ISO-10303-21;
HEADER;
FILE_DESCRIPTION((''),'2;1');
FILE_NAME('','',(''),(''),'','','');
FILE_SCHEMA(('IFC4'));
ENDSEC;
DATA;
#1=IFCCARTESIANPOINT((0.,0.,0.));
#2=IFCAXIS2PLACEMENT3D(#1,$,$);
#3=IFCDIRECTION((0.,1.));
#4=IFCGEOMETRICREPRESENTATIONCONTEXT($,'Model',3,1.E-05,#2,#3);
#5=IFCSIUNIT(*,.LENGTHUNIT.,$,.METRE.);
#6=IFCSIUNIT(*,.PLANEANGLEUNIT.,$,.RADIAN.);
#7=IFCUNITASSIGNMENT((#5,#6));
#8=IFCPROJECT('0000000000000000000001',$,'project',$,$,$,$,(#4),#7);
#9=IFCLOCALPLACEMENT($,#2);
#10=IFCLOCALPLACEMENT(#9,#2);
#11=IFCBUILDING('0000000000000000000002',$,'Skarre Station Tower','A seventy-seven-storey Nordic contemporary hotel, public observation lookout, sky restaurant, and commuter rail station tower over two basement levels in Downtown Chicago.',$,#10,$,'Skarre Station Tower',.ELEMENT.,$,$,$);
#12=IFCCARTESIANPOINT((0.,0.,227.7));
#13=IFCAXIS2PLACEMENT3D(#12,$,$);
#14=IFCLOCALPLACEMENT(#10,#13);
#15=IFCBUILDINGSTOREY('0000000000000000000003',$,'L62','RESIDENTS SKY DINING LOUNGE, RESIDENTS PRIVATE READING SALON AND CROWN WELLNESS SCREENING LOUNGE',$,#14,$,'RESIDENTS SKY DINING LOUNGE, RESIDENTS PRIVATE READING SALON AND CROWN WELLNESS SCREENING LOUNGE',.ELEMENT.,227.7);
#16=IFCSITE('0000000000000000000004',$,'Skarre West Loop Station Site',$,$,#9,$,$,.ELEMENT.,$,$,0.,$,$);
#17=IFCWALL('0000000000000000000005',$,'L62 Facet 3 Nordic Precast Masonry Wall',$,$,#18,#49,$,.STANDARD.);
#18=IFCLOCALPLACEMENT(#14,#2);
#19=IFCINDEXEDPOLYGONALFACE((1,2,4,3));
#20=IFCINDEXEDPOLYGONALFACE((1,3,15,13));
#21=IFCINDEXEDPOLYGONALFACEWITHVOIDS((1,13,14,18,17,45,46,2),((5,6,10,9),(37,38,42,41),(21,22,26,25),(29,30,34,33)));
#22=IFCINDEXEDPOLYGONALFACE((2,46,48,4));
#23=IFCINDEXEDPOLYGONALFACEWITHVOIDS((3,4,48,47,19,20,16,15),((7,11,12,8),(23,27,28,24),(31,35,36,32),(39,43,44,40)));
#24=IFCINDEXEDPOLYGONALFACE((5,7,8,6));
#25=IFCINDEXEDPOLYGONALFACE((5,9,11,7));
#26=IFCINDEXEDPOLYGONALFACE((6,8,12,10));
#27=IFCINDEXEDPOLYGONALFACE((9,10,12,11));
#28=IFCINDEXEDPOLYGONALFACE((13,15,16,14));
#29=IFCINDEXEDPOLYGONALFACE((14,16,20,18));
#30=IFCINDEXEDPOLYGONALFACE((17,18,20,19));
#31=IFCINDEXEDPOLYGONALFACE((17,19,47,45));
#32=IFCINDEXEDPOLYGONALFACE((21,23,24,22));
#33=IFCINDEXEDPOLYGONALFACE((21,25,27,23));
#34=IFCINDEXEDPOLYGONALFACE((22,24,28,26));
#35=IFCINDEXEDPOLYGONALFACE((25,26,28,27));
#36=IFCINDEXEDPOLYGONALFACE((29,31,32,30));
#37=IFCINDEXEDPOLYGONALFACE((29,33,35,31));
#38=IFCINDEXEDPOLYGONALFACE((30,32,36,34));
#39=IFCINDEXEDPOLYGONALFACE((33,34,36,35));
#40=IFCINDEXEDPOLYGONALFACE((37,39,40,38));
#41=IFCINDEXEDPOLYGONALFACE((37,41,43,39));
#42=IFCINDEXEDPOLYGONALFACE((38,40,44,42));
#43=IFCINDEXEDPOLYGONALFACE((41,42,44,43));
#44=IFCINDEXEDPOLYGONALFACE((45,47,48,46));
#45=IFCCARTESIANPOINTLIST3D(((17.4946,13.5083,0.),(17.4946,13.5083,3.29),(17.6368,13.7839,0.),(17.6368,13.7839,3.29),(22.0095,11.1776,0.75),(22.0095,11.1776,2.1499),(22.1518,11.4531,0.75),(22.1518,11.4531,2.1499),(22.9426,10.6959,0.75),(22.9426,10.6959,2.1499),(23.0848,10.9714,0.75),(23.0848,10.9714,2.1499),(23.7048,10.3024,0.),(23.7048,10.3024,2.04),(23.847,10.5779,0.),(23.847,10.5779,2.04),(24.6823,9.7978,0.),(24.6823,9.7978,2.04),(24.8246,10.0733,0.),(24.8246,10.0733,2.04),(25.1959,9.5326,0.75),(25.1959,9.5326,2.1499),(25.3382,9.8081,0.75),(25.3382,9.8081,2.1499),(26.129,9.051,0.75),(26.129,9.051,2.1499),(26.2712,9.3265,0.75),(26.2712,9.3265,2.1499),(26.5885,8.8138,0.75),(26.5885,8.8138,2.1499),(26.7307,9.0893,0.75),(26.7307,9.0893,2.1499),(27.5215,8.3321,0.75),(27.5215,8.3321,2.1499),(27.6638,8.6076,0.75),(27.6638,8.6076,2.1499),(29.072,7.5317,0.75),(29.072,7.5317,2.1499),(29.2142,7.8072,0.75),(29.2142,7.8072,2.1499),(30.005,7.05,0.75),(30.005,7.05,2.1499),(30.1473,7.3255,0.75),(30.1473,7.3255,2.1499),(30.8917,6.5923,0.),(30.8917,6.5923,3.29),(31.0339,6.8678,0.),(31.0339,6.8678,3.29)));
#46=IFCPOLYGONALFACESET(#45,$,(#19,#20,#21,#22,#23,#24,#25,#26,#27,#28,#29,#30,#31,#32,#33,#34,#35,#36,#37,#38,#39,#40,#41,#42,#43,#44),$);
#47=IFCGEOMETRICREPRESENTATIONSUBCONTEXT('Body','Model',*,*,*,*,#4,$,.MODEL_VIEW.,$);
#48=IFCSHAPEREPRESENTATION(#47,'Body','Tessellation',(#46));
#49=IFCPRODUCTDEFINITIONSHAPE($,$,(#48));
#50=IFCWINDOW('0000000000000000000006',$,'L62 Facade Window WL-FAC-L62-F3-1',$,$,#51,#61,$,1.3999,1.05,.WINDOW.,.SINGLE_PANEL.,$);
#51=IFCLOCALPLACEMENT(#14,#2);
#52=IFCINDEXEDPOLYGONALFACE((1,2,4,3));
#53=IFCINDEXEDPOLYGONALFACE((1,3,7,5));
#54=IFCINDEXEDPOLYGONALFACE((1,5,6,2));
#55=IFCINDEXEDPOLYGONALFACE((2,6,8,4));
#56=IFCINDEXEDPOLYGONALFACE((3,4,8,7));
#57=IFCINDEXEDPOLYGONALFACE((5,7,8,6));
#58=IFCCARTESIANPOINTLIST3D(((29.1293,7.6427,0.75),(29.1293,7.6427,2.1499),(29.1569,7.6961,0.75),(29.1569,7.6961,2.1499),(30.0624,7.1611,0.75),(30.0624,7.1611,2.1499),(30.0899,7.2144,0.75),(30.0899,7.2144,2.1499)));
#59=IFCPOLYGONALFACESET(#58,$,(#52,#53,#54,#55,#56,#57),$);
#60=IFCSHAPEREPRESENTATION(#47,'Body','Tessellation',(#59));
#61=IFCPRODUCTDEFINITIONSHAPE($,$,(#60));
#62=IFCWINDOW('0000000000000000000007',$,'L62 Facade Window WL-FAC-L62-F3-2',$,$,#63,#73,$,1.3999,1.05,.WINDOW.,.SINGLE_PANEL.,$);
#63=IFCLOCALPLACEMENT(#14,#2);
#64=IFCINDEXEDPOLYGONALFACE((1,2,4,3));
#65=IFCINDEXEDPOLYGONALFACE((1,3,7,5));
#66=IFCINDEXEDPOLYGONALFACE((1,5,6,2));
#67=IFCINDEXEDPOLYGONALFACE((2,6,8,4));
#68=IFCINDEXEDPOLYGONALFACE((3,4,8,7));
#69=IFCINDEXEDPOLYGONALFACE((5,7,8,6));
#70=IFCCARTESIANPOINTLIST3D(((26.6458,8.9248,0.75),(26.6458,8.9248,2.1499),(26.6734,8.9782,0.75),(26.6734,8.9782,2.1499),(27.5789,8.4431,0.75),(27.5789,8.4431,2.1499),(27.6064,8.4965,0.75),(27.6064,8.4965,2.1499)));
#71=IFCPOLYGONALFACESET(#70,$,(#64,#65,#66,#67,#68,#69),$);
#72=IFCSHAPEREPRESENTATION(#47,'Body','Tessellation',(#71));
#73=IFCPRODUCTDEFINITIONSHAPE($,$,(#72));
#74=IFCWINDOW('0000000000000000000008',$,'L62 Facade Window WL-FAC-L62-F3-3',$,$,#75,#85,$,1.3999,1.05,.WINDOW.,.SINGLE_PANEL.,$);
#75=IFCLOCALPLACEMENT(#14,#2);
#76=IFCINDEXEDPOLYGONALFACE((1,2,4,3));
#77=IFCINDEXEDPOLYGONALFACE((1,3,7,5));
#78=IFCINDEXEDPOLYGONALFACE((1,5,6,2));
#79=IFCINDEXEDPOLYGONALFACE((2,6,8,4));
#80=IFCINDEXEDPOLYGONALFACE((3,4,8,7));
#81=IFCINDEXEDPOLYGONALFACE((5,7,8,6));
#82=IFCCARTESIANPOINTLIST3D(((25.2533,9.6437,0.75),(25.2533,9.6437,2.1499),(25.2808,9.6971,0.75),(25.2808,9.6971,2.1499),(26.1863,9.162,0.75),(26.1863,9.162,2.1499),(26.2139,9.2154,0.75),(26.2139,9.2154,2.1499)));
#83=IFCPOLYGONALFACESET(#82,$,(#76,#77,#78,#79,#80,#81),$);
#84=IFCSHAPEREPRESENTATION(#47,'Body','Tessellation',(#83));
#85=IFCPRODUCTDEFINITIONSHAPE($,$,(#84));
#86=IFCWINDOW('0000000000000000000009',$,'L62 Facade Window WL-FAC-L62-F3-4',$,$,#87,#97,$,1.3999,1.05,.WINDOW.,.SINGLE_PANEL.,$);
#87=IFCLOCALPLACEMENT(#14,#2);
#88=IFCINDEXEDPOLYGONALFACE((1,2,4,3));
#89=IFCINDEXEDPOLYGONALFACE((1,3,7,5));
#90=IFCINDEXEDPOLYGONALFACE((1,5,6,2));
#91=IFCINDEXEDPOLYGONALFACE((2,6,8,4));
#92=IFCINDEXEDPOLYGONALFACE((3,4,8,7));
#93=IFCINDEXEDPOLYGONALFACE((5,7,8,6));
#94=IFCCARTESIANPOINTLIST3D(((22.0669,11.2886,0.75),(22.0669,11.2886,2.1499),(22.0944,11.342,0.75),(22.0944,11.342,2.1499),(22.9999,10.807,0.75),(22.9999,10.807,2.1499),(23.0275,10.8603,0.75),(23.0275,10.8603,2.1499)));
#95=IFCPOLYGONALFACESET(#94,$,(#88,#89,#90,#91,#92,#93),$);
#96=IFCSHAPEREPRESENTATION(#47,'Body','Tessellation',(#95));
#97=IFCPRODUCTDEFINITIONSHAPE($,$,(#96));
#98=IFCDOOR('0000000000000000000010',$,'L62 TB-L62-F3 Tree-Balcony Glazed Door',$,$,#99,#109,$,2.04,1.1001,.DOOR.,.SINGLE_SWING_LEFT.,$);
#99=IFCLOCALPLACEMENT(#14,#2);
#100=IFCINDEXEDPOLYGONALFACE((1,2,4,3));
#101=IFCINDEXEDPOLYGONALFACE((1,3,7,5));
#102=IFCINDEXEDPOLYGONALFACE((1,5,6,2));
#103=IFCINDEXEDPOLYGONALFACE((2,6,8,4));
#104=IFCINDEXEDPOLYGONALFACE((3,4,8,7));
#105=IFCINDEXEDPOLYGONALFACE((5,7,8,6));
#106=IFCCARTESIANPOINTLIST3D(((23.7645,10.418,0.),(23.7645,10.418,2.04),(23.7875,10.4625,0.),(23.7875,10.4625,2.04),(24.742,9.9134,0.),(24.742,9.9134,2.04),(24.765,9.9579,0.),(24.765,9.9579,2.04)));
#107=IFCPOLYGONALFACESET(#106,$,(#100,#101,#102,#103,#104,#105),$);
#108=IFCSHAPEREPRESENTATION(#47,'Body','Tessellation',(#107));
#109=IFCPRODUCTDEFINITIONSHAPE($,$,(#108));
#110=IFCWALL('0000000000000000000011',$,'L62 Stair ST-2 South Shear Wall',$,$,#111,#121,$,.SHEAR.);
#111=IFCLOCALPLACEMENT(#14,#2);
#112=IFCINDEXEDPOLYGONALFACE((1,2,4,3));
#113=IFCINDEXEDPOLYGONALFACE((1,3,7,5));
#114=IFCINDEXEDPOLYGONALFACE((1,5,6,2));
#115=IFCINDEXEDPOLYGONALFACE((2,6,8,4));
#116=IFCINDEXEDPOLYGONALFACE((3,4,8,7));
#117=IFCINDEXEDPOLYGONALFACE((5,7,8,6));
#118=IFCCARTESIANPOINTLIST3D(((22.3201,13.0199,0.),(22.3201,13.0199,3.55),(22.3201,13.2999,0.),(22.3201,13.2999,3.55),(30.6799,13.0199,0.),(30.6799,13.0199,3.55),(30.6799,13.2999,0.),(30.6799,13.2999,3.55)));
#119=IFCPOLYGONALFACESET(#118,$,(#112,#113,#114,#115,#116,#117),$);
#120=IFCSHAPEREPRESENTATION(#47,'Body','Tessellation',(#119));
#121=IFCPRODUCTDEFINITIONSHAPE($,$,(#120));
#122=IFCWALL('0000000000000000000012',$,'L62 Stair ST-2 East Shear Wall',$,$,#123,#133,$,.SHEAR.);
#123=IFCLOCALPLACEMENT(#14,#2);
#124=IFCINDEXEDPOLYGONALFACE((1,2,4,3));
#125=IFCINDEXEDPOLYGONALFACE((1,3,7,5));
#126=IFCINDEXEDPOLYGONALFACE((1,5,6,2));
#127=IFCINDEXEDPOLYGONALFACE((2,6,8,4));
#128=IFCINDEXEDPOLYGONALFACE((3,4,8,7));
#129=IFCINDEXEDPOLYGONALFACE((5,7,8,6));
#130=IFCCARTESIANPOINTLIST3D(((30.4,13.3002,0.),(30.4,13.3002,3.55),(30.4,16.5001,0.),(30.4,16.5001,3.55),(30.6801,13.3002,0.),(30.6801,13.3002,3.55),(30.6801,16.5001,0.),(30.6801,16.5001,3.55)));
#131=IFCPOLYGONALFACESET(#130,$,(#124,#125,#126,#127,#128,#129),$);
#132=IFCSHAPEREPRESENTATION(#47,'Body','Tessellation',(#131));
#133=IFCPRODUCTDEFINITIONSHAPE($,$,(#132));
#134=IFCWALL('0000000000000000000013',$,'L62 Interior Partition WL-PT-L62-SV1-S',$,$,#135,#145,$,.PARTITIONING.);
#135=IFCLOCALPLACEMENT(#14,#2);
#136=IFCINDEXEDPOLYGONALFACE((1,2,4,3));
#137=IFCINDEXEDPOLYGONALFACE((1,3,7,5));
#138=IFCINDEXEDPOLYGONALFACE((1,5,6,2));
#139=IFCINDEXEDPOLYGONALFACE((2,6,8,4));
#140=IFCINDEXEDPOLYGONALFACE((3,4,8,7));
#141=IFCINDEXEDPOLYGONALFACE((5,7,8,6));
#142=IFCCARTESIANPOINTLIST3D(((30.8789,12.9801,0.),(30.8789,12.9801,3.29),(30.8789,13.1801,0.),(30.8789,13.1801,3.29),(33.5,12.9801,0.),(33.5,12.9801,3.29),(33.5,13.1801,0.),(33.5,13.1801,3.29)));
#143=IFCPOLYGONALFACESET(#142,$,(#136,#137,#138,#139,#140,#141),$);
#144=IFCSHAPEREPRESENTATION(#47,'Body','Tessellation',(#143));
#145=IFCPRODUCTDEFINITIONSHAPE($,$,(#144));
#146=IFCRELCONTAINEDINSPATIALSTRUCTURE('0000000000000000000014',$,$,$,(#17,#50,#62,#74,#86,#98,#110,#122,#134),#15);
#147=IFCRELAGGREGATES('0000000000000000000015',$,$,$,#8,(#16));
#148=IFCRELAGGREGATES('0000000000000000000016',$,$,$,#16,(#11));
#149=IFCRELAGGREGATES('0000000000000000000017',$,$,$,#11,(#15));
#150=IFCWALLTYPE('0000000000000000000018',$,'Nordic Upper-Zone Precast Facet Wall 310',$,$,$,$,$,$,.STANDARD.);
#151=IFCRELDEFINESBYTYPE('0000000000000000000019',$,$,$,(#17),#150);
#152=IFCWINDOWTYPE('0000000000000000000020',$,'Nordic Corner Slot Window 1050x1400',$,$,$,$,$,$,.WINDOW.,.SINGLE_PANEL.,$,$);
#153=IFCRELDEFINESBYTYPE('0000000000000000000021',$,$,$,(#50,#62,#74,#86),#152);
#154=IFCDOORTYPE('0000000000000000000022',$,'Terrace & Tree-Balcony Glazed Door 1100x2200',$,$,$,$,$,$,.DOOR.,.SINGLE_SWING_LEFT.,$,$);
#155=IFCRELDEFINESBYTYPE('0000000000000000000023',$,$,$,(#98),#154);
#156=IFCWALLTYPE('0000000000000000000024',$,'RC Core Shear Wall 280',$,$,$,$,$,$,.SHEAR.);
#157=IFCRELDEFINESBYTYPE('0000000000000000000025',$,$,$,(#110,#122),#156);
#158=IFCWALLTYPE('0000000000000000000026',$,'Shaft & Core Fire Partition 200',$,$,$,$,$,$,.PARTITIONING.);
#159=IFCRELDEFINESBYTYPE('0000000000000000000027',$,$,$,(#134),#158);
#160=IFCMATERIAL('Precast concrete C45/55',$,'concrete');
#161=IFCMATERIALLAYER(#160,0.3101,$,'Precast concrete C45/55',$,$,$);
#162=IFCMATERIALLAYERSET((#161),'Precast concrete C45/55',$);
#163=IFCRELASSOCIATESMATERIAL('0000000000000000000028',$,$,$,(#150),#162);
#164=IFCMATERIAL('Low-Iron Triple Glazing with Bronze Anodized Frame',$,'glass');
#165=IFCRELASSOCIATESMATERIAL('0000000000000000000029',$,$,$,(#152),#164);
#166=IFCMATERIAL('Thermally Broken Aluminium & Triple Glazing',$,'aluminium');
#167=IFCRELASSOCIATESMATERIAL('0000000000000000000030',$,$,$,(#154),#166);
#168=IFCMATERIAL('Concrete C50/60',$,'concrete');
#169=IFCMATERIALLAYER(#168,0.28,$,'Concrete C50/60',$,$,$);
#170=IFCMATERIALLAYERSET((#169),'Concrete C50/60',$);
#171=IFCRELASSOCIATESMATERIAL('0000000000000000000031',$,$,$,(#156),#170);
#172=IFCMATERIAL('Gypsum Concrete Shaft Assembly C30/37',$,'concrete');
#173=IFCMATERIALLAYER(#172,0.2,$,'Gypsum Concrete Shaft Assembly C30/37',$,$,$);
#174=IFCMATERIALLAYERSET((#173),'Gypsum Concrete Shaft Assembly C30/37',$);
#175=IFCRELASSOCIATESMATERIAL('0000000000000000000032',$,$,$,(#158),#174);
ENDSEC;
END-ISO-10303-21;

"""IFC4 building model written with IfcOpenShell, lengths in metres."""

from ifc_helpers import new_model, si_unit, direction, frame, frame_2d, origin, place, context, subcontext, project, spatial, rectangle, extrude, material, layer, layer_set, type_object, element, fill, save


model = new_model("IFC4")

# Units and contexts
model_context = context("Model", 3, precision=1e-05, world=origin(), true_north=direction((0.0, 1.0)))
body_context = subcontext(model_context, "Body", "Model", "MODEL_VIEW")
ifc_project = project(units=[si_unit("LENGTHUNIT", "METRE"), si_unit("PLANEANGLEUNIT", "RADIAN")], contexts=[model_context])

# Site, building, storey
site_placement = place(None, origin())
site = spatial("IfcSite", under=ifc_project, at=site_placement, Name="Skarre West Loop Station Site", CompositionType="ELEMENT", RefElevation=0.0)
building_placement = place(site_placement, origin())
building = spatial("IfcBuilding", under=site, at=building_placement, Name="Skarre Station Tower", Description="A seventy-seven-storey Nordic contemporary hotel, public observation lookout, sky restaurant, and commuter rail station tower over two basement levels in Downtown Chicago.", LongName="Skarre Station Tower", CompositionType="ELEMENT")
storey_placement = place(building_placement, frame((0.0, 0.0, 227.7)))
storey = spatial("IfcBuildingStorey", under=building, at=storey_placement, Name="L62", Description="RESIDENTS SKY DINING LOUNGE, RESIDENTS PRIVATE READING SALON AND CROWN WELLNESS SCREENING LOUNGE", LongName="RESIDENTS SKY DINING LOUNGE, RESIDENTS PRIVATE READING SALON AND CROWN WELLNESS SCREENING LOUNGE", CompositionType="ELEMENT", Elevation=227.7)

# Shared definitions
ifc_material_1 = material(Name="Concrete C50/60", Category="concrete")

# Wall, openings, windows, door
ifc_material_2 = material(Name="Precast concrete C45/55", Category="concrete")
ifc_layer_1 = layer(ifc_material_2, 0.3101, Name="Precast concrete C45/55")
ifc_layer_set_1 = layer_set([ifc_layer_1], Name="Precast concrete C45/55")
wall_type_1 = type_object("IfcWallType", Name="Nordic Upper-Zone Precast Facet Wall 310", PredefinedType="STANDARD", material=ifc_layer_set_1)
wall_1_placement = place(storey_placement, frame((30.9629, 6.73, 0.0), z_axis=(0.0, 0.0, 1.0), x_axis=(-0.888581, 0.458719, 0.0)))
wall_1 = element("IfcWall", 1, at=wall_1_placement, inside=storey, type_object=wall_type_1, Name="L62 Facet 3 Nordic Precast Masonry Wall", PredefinedType="STANDARD", context=body_context, shape_type="SweptSolid", body=[
    extrude(rectangle(XDim=15.0769, YDim=0.3101, at=frame_2d((7.5386, 0.0))), origin(), (0.0, 0.0, 1.0), 3.29),
])
opening_1_placement = place(wall_1_placement, frame((6.988, 0.0, 0.0)))
opening_1 = element("IfcOpeningElement", 2, at=opening_1_placement, cuts=wall_1, PredefinedType="OPENING", context=body_context, shape_type="SweptSolid", body=[
    extrude(rectangle(XDim=1.1001, YDim=2.04, at=frame_2d((0.55, 1.02))), frame((0.0, 0.165, 0.0), z_axis=(0.0, -1.0, 0.0), x_axis=(1.0, 0.0, 0.0)), (0.0, 0.0, 1.0), 0.3301),
])
opening_2_placement = place(wall_1_placement, frame((0.998, 0.0, 0.75)))
opening_2 = element("IfcOpeningElement", 3, at=opening_2_placement, cuts=wall_1, PredefinedType="OPENING", context=body_context, shape_type="SweptSolid", body=[
    extrude(rectangle(XDim=1.05, YDim=1.3999, at=frame_2d((0.5249, 0.7))), frame((0.0, 0.165, 0.0), z_axis=(0.0, -1.0, 0.0), x_axis=(1.0, 0.0, 0.0)), (0.0, 0.0, 1.0), 0.3301),
])
opening_3_placement = place(wall_1_placement, frame((3.793, 0.0, 0.75)))
opening_3 = element("IfcOpeningElement", 4, at=opening_3_placement, cuts=wall_1, PredefinedType="OPENING", context=body_context, shape_type="SweptSolid", body=[
    extrude(rectangle(XDim=1.05, YDim=1.3999, at=frame_2d((0.5249, 0.7))), frame((0.0, 0.165, 0.0), z_axis=(0.0, -1.0, 0.0), x_axis=(1.0, 0.0, 0.0)), (0.0, 0.0, 1.0), 0.3301),
])
opening_4_placement = place(wall_1_placement, frame((5.3601, 0.0, 0.75)))
opening_4 = element("IfcOpeningElement", 5, at=opening_4_placement, cuts=wall_1, PredefinedType="OPENING", context=body_context, shape_type="SweptSolid", body=[
    extrude(rectangle(XDim=1.05, YDim=1.3999, at=frame_2d((0.5249, 0.7))), frame((0.0, 0.165, 0.0), z_axis=(0.0, -1.0, 0.0), x_axis=(1.0, 0.0, 0.0)), (0.0, 0.0, 1.0), 0.3301),
])
opening_5_placement = place(wall_1_placement, frame((8.946, 0.0, 0.75)))
opening_5 = element("IfcOpeningElement", 6, at=opening_5_placement, cuts=wall_1, PredefinedType="OPENING", context=body_context, shape_type="SweptSolid", body=[
    extrude(rectangle(XDim=1.05, YDim=1.3999, at=frame_2d((0.5249, 0.7))), frame((0.0, 0.165, 0.0), z_axis=(0.0, -1.0, 0.0), x_axis=(1.0, 0.0, 0.0)), (0.0, 0.0, 1.0), 0.3301),
])
ifc_material_3 = material(Name="Low-Iron Triple Glazing with Bronze Anodized Frame", Category="glass")
window_type = type_object("IfcWindowType", Name="Nordic Corner Slot Window 1050x1400", PartitioningType="SINGLE_PANEL", PredefinedType="WINDOW", material=ifc_material_3)
window_1_placement = place(opening_2_placement, origin())
window_1 = element("IfcWindow", 7, at=window_1_placement, inside=storey, type_object=window_type, Name="L62 Facade Window WL-FAC-L62-F3-1", OverallHeight=1.3999, OverallWidth=1.05, PartitioningType="SINGLE_PANEL", PredefinedType="WINDOW", context=body_context, shape_type="SweptSolid", body=[
    extrude(rectangle(XDim=1.05, YDim=1.3999, at=frame_2d((0.5249, 0.7))), frame((0.0, 0.03, 0.0), z_axis=(0.0, -1.0, 0.0), x_axis=(1.0, 0.0, 0.0)), (0.0, 0.0, 1.0), 0.0601),
])
fill(opening_2, window_1)
window_2_placement = place(opening_3_placement, origin())
window_2 = element("IfcWindow", 8, at=window_2_placement, inside=storey, type_object=window_type, Name="L62 Facade Window WL-FAC-L62-F3-2", OverallHeight=1.3999, OverallWidth=1.05, PartitioningType="SINGLE_PANEL", PredefinedType="WINDOW", context=body_context, shape_type="SweptSolid", body=[
    extrude(rectangle(XDim=1.05, YDim=1.3999, at=frame_2d((0.5249, 0.7))), frame((0.0, 0.03, 0.0), z_axis=(0.0, -1.0, 0.0), x_axis=(1.0, 0.0, 0.0)), (0.0, 0.0, 1.0), 0.0601),
])
fill(opening_3, window_2)
window_3_placement = place(opening_4_placement, origin())
window_3 = element("IfcWindow", 9, at=window_3_placement, inside=storey, type_object=window_type, Name="L62 Facade Window WL-FAC-L62-F3-3", OverallHeight=1.3999, OverallWidth=1.05, PartitioningType="SINGLE_PANEL", PredefinedType="WINDOW", context=body_context, shape_type="SweptSolid", body=[
    extrude(rectangle(XDim=1.05, YDim=1.3999, at=frame_2d((0.5249, 0.7))), frame((0.0, 0.03, 0.0), z_axis=(0.0, -1.0, 0.0), x_axis=(1.0, 0.0, 0.0)), (0.0, 0.0, 1.0), 0.0601),
])
fill(opening_4, window_3)
window_4_placement = place(opening_5_placement, origin())
window_4 = element("IfcWindow", 10, at=window_4_placement, inside=storey, type_object=window_type, Name="L62 Facade Window WL-FAC-L62-F3-4", OverallHeight=1.3999, OverallWidth=1.05, PartitioningType="SINGLE_PANEL", PredefinedType="WINDOW", context=body_context, shape_type="SweptSolid", body=[
    extrude(rectangle(XDim=1.05, YDim=1.3999, at=frame_2d((0.5249, 0.7))), frame((0.0, 0.03, 0.0), z_axis=(0.0, -1.0, 0.0), x_axis=(1.0, 0.0, 0.0)), (0.0, 0.0, 1.0), 0.0601),
])
fill(opening_5, window_4)
ifc_material_4 = material(Name="Thermally Broken Aluminium & Triple Glazing", Category="aluminium")
door_type_1 = type_object("IfcDoorType", Name="Terrace & Tree-Balcony Glazed Door 1100x2200", OperationType="SINGLE_SWING_LEFT", PredefinedType="DOOR", material=ifc_material_4)
door_1_placement = place(opening_1_placement, origin())
door_1 = element("IfcDoor", 11, at=door_1_placement, inside=storey, type_object=door_type_1, Name="L62 TB-L62-F3 Tree-Balcony Glazed Door", OperationType="SINGLE_SWING_LEFT", OverallHeight=2.04, OverallWidth=1.1001, PredefinedType="DOOR", context=body_context, shape_type="SweptSolid", body=[
    extrude(rectangle(XDim=1.1001, YDim=2.04, at=frame_2d((0.55, 1.02))), frame((0.0, 0.0249, 0.0), z_axis=(0.0, -1.0, 0.0), x_axis=(1.0, 0.0, 0.0)), (0.0, 0.0, 1.0), 0.05),
])
fill(opening_1, door_1)

# Walls
ifc_layer_2 = layer(ifc_material_1, 0.28, Name="Concrete C50/60")
ifc_layer_set_2 = layer_set([ifc_layer_2], Name="Concrete C50/60")
wall_type_2 = type_object("IfcWallType", Name="RC Core Shear Wall 280", PredefinedType="SHEAR", material=ifc_layer_set_2)
wall_2_placement = place(storey_placement, frame((22.3201, 13.1599, 0.0), z_axis=(0.0, 0.0, 1.0), x_axis=(1.0, 0.0, 0.0)))
element("IfcWall", 12, at=wall_2_placement, inside=storey, type_object=wall_type_2, Name="L62 Stair ST-2 South Shear Wall", PredefinedType="SHEAR", context=body_context, shape_type="SweptSolid", body=[
    extrude(rectangle(XDim=8.3599, YDim=0.28, at=frame_2d((4.1799, 0.0))), origin(), (0.0, 0.0, 1.0), 3.55),
])
wall_3_placement = place(storey_placement, frame((30.54, 13.3, 0.0), z_axis=(0.0, 0.0, 1.0), x_axis=(0.0, 1.0, 0.0)))
element("IfcWall", 13, at=wall_3_placement, inside=storey, type_object=wall_type_2, Name="L62 Stair ST-2 East Shear Wall", PredefinedType="SHEAR", context=body_context, shape_type="SweptSolid", body=[
    extrude(rectangle(XDim=3.2, YDim=0.28, at=frame_2d((1.6001, 0.0))), origin(), (0.0, 0.0, 1.0), 3.55),
])
ifc_material_5 = material(Name="Gypsum Concrete Shaft Assembly C30/37", Category="concrete")
ifc_layer_3 = layer(ifc_material_5, 0.2, Name="Gypsum Concrete Shaft Assembly C30/37")
ifc_layer_set_3 = layer_set([ifc_layer_3], Name="Gypsum Concrete Shaft Assembly C30/37")
wall_type_3 = type_object("IfcWallType", Name="Shaft & Core Fire Partition 200", PredefinedType="PARTITIONING", material=ifc_layer_set_3)
wall_4_placement = place(storey_placement, frame((30.8789, 13.0801, 0.0), z_axis=(0.0, 0.0, 1.0), x_axis=(1.0, 0.0, 0.0)))
element("IfcWall", 14, at=wall_4_placement, inside=storey, type_object=wall_type_3, Name="L62 Interior Partition WL-PT-L62-SV1-S", PredefinedType="PARTITIONING", context=body_context, shape_type="SweptSolid", body=[
    extrude(rectangle(XDim=2.6211, YDim=0.2, at=frame_2d((1.3105, 0.0))), origin(), (0.0, 0.0, 1.0), 3.29),
])

save(model, "model.ifc")
